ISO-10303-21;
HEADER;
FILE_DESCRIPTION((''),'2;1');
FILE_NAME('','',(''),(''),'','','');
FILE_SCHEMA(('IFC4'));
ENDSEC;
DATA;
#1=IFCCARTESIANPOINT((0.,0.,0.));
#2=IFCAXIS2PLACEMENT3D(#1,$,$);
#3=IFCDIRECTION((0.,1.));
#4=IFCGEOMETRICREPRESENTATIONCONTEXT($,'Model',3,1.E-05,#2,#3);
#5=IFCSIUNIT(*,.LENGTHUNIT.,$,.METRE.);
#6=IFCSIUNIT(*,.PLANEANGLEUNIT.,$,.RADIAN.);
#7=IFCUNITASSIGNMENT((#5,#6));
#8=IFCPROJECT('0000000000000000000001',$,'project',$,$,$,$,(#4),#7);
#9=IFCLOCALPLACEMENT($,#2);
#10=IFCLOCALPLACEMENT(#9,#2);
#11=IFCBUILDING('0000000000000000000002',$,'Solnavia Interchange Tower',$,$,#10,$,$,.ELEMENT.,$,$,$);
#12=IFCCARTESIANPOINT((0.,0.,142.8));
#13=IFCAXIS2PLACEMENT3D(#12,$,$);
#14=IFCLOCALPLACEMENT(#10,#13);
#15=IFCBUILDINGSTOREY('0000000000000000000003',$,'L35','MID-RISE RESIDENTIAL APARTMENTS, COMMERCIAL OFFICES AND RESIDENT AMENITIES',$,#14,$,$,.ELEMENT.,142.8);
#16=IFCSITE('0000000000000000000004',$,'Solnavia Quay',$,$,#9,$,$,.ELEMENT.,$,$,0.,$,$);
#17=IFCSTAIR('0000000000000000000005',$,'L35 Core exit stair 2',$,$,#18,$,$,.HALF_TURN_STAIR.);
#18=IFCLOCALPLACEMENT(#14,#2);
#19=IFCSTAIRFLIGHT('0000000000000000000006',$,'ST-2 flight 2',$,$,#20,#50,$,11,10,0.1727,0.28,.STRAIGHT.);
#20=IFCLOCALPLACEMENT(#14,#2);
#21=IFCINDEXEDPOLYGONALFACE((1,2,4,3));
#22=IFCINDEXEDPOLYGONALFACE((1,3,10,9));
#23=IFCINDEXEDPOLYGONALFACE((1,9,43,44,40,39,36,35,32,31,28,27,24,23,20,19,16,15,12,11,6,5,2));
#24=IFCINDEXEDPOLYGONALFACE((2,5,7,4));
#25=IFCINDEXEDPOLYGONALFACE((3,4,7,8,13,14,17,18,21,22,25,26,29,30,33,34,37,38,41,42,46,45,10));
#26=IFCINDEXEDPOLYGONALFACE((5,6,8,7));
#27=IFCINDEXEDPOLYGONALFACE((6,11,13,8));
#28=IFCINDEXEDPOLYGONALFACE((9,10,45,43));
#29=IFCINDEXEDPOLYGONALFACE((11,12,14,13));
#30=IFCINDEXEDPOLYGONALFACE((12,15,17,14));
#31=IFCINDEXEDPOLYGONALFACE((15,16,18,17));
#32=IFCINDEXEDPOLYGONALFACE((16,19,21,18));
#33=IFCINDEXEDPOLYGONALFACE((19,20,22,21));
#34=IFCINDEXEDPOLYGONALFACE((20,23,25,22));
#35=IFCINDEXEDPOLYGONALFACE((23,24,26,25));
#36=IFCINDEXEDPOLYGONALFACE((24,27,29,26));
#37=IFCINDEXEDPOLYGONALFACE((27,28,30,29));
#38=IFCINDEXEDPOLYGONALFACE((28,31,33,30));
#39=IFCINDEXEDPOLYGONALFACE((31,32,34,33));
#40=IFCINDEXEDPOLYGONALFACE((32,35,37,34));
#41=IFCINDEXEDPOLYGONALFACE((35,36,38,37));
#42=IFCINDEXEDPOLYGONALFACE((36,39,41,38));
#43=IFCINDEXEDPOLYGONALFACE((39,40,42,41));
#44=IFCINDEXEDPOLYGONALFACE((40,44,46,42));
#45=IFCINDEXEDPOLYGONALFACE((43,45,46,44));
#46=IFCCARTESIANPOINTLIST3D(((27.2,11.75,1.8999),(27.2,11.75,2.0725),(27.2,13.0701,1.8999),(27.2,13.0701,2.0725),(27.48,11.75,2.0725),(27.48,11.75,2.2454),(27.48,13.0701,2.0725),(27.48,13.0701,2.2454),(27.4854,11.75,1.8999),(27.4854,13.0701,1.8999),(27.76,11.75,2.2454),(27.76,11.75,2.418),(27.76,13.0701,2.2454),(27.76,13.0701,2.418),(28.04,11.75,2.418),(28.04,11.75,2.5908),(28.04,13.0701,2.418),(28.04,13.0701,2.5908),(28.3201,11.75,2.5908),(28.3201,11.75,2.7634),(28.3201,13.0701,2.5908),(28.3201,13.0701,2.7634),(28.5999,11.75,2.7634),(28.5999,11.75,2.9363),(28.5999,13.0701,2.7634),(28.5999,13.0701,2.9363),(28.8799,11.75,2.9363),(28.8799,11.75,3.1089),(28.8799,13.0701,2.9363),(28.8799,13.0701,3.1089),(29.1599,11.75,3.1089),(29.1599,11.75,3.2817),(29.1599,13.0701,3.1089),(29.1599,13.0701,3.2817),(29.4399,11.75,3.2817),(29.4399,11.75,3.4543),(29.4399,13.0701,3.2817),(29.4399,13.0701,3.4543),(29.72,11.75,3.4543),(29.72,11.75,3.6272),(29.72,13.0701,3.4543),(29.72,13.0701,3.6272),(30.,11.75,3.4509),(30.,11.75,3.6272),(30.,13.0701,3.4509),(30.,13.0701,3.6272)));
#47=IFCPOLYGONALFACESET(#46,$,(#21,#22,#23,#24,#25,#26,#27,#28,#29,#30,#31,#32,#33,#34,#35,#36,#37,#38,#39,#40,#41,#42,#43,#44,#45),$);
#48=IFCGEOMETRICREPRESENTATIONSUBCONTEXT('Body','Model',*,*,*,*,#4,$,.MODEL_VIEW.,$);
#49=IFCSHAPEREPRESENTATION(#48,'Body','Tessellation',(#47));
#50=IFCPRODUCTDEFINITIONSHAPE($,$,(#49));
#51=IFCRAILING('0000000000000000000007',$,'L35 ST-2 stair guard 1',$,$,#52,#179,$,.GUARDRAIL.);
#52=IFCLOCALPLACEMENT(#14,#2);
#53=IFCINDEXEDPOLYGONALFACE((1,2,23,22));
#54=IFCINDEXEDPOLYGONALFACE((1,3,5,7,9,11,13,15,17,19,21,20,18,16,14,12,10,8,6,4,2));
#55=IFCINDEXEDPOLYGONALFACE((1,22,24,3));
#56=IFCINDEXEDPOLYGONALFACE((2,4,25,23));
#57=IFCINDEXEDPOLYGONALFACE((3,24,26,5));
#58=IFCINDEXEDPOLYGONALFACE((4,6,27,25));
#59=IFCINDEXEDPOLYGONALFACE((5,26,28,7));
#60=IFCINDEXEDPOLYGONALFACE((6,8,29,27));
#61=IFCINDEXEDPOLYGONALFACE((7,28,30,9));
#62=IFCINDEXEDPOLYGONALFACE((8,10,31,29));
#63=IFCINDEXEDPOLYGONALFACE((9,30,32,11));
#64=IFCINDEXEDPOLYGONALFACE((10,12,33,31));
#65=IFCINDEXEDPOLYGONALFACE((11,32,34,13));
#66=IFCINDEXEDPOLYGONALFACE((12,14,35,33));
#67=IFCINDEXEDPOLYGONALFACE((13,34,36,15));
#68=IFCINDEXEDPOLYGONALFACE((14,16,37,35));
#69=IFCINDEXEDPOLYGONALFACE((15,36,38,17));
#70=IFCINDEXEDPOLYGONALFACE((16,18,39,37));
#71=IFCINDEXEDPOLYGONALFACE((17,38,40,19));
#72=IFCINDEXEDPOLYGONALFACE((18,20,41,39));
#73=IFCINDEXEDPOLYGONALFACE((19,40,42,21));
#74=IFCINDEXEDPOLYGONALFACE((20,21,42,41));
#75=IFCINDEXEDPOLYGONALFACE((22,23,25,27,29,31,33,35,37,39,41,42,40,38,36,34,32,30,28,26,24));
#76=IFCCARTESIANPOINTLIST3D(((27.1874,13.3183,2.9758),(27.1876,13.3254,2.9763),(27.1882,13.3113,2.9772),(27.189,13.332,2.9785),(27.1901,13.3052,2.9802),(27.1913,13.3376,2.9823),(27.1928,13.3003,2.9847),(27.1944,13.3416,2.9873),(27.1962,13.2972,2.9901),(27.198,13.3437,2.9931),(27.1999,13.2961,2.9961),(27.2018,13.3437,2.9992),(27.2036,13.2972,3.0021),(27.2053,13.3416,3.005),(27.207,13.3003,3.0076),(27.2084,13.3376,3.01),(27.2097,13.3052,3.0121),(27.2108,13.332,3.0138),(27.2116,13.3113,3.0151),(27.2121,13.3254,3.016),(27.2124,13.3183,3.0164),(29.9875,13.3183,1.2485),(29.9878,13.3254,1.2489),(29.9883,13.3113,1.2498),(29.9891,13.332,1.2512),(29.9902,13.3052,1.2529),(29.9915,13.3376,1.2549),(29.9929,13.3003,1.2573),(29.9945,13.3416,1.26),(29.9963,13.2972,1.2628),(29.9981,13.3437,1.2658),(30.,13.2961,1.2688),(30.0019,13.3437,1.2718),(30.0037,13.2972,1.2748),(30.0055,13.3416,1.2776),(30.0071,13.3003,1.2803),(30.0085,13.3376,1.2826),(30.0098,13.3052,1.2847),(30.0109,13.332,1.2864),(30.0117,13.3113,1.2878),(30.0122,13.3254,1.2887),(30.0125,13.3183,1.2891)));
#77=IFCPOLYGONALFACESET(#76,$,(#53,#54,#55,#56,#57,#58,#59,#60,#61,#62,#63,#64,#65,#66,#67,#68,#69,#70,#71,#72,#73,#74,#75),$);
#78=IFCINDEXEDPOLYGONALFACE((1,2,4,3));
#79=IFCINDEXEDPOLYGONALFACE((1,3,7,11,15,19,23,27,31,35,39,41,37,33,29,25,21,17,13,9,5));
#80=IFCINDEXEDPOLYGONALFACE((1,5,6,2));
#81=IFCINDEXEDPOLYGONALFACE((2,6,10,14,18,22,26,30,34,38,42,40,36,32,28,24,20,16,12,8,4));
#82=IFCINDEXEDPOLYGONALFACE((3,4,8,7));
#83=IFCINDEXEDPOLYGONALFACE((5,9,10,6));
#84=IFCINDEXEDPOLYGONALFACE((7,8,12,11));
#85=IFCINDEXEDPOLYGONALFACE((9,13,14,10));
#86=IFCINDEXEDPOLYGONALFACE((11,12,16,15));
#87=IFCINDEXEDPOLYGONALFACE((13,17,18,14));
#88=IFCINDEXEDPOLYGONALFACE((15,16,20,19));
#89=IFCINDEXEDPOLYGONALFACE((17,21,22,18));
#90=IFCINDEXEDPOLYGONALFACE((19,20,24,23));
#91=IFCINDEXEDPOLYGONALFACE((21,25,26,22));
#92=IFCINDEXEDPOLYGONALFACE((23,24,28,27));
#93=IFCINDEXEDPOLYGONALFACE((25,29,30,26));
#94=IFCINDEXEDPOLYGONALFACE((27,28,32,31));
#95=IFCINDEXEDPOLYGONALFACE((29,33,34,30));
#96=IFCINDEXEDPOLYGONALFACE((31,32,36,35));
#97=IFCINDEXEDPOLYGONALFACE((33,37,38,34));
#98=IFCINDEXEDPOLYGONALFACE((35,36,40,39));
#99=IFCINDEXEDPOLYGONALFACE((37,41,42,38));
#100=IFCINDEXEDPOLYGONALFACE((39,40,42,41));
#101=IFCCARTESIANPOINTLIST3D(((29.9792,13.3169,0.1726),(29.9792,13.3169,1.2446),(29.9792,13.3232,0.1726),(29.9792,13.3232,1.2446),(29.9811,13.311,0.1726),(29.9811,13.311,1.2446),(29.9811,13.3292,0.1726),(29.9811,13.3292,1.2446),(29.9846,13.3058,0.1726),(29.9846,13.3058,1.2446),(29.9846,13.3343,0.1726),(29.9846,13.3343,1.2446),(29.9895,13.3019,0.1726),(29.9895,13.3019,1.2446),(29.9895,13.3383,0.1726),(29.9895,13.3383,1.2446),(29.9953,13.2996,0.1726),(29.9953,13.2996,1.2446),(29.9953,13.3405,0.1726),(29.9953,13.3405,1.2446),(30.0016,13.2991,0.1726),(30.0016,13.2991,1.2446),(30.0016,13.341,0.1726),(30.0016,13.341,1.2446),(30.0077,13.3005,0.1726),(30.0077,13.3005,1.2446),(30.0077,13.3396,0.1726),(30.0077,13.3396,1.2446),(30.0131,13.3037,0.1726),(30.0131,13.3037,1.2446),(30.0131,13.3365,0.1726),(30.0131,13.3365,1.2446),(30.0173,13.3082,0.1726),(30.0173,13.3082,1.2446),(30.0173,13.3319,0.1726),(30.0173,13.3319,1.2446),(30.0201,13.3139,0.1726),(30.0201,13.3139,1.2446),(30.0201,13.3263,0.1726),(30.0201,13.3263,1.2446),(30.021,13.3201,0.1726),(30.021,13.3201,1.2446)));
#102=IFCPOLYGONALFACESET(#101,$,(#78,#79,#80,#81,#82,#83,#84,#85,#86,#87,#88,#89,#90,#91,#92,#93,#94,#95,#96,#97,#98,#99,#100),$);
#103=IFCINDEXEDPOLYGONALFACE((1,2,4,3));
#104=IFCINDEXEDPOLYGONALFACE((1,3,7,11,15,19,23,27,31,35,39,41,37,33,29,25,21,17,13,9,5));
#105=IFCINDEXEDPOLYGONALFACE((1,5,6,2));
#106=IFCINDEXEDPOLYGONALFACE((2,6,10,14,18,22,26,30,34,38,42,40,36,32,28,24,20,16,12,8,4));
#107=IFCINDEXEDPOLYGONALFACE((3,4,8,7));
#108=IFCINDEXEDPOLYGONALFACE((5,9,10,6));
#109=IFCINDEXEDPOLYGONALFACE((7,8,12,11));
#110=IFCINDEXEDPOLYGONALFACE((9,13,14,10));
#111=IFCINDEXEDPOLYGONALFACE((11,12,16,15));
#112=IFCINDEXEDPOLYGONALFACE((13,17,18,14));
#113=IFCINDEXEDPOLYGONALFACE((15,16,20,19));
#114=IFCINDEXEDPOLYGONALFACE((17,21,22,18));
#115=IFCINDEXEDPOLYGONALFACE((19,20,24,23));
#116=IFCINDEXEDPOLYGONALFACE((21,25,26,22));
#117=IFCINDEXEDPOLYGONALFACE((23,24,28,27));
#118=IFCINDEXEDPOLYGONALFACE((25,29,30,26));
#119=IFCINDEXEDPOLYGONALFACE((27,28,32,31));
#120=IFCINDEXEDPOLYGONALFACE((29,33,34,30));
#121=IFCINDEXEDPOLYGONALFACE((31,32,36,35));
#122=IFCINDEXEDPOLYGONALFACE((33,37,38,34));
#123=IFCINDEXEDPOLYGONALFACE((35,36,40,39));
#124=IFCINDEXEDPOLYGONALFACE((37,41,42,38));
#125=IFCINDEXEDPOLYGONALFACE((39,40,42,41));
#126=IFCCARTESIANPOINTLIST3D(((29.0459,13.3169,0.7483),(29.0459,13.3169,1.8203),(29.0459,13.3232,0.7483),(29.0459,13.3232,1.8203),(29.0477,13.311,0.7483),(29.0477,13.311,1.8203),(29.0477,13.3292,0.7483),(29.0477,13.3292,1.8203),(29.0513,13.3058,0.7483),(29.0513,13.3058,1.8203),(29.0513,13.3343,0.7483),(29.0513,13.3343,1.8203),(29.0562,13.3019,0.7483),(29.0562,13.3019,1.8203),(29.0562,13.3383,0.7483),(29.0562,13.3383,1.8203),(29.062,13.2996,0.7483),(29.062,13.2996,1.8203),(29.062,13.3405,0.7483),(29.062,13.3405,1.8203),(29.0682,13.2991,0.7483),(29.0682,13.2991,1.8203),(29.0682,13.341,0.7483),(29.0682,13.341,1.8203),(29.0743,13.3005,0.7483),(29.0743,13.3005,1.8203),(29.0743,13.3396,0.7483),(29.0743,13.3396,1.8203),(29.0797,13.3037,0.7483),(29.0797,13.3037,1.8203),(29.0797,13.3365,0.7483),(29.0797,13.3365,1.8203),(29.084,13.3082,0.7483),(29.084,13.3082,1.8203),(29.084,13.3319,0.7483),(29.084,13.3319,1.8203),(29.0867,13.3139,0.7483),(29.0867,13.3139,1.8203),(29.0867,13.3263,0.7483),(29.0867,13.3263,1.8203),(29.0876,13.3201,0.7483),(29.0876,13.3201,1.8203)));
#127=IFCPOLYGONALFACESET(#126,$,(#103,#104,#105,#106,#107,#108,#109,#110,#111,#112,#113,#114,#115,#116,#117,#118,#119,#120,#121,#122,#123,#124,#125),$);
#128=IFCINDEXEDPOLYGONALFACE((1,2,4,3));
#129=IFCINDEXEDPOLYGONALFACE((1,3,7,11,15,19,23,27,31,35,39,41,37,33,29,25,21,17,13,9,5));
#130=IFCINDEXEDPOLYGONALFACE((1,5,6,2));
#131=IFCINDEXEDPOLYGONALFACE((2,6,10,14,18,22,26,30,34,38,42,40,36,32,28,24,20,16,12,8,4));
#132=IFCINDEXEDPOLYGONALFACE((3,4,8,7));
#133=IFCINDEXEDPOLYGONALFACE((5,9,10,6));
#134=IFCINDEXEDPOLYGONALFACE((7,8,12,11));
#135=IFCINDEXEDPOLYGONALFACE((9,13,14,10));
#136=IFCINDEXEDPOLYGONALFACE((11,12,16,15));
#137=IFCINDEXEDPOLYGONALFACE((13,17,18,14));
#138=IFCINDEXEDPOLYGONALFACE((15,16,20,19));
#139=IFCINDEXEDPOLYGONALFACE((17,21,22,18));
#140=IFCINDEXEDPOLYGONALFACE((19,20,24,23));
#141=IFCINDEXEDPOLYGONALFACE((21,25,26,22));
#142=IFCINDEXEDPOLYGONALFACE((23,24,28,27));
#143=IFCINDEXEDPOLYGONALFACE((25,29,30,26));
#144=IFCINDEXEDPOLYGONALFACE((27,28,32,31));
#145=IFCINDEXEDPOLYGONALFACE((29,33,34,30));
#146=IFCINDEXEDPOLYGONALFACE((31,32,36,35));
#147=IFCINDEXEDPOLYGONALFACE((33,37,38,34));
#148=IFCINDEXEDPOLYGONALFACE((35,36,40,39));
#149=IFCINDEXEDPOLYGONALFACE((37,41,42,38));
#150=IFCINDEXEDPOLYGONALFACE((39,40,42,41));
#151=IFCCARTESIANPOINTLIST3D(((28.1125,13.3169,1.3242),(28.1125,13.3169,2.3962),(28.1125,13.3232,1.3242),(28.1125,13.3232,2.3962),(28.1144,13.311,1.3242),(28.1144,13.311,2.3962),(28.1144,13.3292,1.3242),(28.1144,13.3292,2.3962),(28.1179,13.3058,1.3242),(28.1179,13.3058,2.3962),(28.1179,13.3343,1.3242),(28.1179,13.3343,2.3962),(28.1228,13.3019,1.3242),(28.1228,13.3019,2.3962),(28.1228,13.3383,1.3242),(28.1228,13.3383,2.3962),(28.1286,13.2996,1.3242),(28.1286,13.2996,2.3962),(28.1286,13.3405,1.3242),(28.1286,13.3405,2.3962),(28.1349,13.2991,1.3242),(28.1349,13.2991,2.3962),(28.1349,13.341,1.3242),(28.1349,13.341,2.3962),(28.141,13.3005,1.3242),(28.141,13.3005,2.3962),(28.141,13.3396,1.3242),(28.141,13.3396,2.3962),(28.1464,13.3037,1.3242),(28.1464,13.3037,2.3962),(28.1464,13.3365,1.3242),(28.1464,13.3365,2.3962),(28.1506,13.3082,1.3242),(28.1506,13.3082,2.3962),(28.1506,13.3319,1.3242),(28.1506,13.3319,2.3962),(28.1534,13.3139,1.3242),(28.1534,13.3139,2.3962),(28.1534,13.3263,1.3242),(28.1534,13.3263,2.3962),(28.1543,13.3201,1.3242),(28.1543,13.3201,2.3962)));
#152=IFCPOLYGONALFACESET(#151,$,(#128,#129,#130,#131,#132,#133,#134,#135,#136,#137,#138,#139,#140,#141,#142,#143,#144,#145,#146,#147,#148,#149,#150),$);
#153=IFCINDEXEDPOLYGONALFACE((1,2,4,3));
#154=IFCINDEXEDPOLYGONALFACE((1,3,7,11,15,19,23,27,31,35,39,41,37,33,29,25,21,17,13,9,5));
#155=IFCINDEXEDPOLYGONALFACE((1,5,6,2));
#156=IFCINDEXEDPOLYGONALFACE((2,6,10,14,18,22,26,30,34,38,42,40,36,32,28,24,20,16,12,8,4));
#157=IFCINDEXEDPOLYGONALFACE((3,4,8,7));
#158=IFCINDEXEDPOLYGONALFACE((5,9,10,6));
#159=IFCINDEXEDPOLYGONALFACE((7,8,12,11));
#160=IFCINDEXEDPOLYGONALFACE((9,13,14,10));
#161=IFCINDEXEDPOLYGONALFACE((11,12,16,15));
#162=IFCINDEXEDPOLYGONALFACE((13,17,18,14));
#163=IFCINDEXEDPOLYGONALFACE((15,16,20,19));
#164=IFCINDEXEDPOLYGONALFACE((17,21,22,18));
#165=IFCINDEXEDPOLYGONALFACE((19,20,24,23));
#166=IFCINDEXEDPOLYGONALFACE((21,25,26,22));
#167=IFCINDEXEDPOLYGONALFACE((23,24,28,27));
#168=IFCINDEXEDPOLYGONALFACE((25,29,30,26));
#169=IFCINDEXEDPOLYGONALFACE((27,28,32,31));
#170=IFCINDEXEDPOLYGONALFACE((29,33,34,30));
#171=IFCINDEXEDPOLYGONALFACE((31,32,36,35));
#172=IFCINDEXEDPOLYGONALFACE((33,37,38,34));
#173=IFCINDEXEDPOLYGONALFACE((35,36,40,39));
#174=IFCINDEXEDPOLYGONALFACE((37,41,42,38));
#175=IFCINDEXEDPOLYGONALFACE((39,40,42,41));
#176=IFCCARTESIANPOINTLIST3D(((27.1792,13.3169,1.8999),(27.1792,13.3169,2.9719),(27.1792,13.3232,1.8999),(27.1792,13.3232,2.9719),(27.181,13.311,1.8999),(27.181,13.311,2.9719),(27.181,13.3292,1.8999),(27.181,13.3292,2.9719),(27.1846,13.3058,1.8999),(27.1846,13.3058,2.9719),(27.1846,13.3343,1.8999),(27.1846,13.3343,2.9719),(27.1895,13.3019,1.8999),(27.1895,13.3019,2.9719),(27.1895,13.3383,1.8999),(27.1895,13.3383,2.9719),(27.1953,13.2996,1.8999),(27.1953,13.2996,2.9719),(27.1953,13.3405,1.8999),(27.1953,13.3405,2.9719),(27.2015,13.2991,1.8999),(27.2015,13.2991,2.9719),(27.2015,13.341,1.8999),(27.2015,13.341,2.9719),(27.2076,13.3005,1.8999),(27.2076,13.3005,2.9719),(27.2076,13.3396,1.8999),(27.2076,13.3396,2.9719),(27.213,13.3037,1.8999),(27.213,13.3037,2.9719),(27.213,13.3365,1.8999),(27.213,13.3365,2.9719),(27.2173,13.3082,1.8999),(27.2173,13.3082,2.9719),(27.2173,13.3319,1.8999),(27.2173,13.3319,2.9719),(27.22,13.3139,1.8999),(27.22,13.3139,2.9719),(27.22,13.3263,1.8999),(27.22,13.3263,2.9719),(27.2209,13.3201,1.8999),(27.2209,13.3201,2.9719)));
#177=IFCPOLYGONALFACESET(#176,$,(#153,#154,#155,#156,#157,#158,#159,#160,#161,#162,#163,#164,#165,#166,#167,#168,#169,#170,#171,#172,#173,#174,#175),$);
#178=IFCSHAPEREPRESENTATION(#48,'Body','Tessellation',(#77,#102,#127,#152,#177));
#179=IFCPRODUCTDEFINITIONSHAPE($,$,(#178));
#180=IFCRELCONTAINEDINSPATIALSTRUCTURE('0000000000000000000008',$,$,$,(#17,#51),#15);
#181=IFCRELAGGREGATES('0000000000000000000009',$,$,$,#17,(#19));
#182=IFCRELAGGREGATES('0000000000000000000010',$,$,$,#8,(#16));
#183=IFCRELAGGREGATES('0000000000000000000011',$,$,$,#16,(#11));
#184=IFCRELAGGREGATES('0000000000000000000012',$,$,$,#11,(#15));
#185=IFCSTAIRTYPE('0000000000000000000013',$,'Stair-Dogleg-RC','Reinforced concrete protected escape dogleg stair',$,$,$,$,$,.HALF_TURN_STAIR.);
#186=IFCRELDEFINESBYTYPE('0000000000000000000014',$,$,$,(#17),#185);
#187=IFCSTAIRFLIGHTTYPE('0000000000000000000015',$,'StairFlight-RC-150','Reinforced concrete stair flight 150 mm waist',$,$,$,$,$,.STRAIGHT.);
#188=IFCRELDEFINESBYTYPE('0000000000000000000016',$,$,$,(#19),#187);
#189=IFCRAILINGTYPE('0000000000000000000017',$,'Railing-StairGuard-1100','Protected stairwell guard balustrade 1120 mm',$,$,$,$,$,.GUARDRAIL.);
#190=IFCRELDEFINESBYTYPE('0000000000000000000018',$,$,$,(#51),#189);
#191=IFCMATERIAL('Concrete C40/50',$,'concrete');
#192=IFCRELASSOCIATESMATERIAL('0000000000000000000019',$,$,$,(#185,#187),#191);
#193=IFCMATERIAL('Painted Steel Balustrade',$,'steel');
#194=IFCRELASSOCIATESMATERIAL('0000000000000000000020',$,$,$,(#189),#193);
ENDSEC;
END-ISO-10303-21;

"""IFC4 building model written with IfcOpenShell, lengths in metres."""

from ifc_helpers import new_model, si_unit, direction, frame, origin, origin_2d, place, context, subcontext, project, spatial, polyline, circle, outline, extrude, material, type_object, element, aggregate, save


model = new_model("IFC4")

# Units and contexts
model_context = context("Model", 3, precision=1e-05, world=origin(), true_north=direction((0.0, 1.0)))
body_context = subcontext(model_context, "Body", "Model", "MODEL_VIEW")
ifc_project = project(units=[si_unit("LENGTHUNIT", "METRE"), si_unit("PLANEANGLEUNIT", "RADIAN")], contexts=[model_context])

# Site, building, storey
site_placement = place(None, origin())
site = spatial("IfcSite", under=ifc_project, at=site_placement, Name="Solnavia Quay", CompositionType="ELEMENT", RefElevation=0.0)
building_placement = place(site_placement, origin())
building = spatial("IfcBuilding", under=site, at=building_placement, Name="Solnavia Interchange Tower", CompositionType="ELEMENT")
storey_placement = place(building_placement, frame((0.0, 0.0, 142.8)))
storey = spatial("IfcBuildingStorey", under=building, at=storey_placement, Name="L35", Description="MID-RISE RESIDENTIAL APARTMENTS, COMMERCIAL OFFICES AND RESIDENT AMENITIES", CompositionType="ELEMENT", Elevation=142.8)

# Shared definitions
ifc_material_1 = material(Name="Concrete C40/50", Category="concrete")

# Stair, stair flight
stair_type = type_object("IfcStairType", Name="Stair-Dogleg-RC", Description="Reinforced concrete protected escape dogleg stair", PredefinedType="HALF_TURN_STAIR", material=ifc_material_1)
stair_placement = place(storey_placement, origin())
stair = element("IfcStair", 1, at=stair_placement, inside=storey, type_object=stair_type, Name="L35 Core exit stair 2", PredefinedType="HALF_TURN_STAIR")
stair_flight_type = type_object("IfcStairFlightType", Name="StairFlight-RC-150", Description="Reinforced concrete stair flight 150 mm waist", PredefinedType="STRAIGHT", material=ifc_material_1)
stair_flight_1_placement = place(storey_placement, frame((27.2, 12.4099, 1.8999), z_axis=(0.0, 0.0, 1.0), x_axis=(1.0, 0.0, 0.0)))
stair_flight_1 = element("IfcStairFlight", 2, at=stair_flight_1_placement, type_object=stair_flight_type, Name="ST-2 flight 2", NumberOfRisers=11, NumberOfTreads=10, PredefinedType="STRAIGHT", RiserHeight=0.1727, TreadLength=0.28, context=body_context, shape_type="SweptSolid", body=[
    extrude(outline(polyline([(0.0, 0.0), (0.0, 0.1726), (0.28, 0.1726), (0.28, 0.3455), (0.5601, 0.3455), (0.5601, 0.5181), (0.8401, 0.5181), (0.8401, 0.6909), (1.1201, 0.6909), (1.1201, 0.8635), (1.3999, 0.8635), (1.3999, 1.0364), (1.6799, 1.0364), (1.6799, 1.209), (1.96, 1.209), (1.96, 1.3818), (2.24, 1.3818), (2.24, 1.5544), (2.52, 1.5544), (2.52, 1.7273), (2.8, 1.7273), (2.8, 1.8999), (2.8, 1.551), (0.2854, 0.0), (0.0, 0.0)])), frame((0.0, 0.6602, 0.0), z_axis=(0.0, -1.0, 0.0), x_axis=(1.0, 0.0, 0.0)), (0.0, 0.0, 1.0), 1.3201),
])
aggregate(stair, [stair_flight_1])

# Railing
ifc_material_2 = material(Name="Painted Steel Balustrade", Category="steel")
railing_type_1 = type_object("IfcRailingType", Name="Railing-StairGuard-1100", Description="Protected stairwell guard balustrade 1120 mm", PredefinedType="GUARDRAIL", material=ifc_material_2)
railing_1_placement = place(storey_placement, frame((30.0, 13.3201, 0.1726)))
element("IfcRailing", 3, at=railing_1_placement, inside=storey, type_object=railing_type_1, Name="L35 ST-2 stair guard 1", PredefinedType="GUARDRAIL", context=body_context, shape_type="SweptSolid", body=[
    extrude(circle(Radius=0.0239, at=origin_2d()), frame((0.0, 0.0, 1.0962), z_axis=(-0.85109, 0.0, 0.52502), x_axis=(0.0, -1.0, 0.0)), (0.0, 0.0, 1.0), 3.29),
    extrude(circle(Radius=0.021, at=origin_2d()), origin(), (0.0, 0.0, 1.0), 1.072),
    extrude(circle(Radius=0.021, at=origin_2d()), frame((-0.9333, 0.0, 0.5757)), (0.0, 0.0, 1.0), 1.072),
    extrude(circle(Radius=0.021, at=origin_2d()), frame((-1.8667, 0.0, 1.1516)), (0.0, 0.0, 1.0), 1.072),
    extrude(circle(Radius=0.021, at=origin_2d()), frame((-2.8, 0.0, 1.7273)), (0.0, 0.0, 1.0), 1.072),
])

save(model, "model.ifc")
